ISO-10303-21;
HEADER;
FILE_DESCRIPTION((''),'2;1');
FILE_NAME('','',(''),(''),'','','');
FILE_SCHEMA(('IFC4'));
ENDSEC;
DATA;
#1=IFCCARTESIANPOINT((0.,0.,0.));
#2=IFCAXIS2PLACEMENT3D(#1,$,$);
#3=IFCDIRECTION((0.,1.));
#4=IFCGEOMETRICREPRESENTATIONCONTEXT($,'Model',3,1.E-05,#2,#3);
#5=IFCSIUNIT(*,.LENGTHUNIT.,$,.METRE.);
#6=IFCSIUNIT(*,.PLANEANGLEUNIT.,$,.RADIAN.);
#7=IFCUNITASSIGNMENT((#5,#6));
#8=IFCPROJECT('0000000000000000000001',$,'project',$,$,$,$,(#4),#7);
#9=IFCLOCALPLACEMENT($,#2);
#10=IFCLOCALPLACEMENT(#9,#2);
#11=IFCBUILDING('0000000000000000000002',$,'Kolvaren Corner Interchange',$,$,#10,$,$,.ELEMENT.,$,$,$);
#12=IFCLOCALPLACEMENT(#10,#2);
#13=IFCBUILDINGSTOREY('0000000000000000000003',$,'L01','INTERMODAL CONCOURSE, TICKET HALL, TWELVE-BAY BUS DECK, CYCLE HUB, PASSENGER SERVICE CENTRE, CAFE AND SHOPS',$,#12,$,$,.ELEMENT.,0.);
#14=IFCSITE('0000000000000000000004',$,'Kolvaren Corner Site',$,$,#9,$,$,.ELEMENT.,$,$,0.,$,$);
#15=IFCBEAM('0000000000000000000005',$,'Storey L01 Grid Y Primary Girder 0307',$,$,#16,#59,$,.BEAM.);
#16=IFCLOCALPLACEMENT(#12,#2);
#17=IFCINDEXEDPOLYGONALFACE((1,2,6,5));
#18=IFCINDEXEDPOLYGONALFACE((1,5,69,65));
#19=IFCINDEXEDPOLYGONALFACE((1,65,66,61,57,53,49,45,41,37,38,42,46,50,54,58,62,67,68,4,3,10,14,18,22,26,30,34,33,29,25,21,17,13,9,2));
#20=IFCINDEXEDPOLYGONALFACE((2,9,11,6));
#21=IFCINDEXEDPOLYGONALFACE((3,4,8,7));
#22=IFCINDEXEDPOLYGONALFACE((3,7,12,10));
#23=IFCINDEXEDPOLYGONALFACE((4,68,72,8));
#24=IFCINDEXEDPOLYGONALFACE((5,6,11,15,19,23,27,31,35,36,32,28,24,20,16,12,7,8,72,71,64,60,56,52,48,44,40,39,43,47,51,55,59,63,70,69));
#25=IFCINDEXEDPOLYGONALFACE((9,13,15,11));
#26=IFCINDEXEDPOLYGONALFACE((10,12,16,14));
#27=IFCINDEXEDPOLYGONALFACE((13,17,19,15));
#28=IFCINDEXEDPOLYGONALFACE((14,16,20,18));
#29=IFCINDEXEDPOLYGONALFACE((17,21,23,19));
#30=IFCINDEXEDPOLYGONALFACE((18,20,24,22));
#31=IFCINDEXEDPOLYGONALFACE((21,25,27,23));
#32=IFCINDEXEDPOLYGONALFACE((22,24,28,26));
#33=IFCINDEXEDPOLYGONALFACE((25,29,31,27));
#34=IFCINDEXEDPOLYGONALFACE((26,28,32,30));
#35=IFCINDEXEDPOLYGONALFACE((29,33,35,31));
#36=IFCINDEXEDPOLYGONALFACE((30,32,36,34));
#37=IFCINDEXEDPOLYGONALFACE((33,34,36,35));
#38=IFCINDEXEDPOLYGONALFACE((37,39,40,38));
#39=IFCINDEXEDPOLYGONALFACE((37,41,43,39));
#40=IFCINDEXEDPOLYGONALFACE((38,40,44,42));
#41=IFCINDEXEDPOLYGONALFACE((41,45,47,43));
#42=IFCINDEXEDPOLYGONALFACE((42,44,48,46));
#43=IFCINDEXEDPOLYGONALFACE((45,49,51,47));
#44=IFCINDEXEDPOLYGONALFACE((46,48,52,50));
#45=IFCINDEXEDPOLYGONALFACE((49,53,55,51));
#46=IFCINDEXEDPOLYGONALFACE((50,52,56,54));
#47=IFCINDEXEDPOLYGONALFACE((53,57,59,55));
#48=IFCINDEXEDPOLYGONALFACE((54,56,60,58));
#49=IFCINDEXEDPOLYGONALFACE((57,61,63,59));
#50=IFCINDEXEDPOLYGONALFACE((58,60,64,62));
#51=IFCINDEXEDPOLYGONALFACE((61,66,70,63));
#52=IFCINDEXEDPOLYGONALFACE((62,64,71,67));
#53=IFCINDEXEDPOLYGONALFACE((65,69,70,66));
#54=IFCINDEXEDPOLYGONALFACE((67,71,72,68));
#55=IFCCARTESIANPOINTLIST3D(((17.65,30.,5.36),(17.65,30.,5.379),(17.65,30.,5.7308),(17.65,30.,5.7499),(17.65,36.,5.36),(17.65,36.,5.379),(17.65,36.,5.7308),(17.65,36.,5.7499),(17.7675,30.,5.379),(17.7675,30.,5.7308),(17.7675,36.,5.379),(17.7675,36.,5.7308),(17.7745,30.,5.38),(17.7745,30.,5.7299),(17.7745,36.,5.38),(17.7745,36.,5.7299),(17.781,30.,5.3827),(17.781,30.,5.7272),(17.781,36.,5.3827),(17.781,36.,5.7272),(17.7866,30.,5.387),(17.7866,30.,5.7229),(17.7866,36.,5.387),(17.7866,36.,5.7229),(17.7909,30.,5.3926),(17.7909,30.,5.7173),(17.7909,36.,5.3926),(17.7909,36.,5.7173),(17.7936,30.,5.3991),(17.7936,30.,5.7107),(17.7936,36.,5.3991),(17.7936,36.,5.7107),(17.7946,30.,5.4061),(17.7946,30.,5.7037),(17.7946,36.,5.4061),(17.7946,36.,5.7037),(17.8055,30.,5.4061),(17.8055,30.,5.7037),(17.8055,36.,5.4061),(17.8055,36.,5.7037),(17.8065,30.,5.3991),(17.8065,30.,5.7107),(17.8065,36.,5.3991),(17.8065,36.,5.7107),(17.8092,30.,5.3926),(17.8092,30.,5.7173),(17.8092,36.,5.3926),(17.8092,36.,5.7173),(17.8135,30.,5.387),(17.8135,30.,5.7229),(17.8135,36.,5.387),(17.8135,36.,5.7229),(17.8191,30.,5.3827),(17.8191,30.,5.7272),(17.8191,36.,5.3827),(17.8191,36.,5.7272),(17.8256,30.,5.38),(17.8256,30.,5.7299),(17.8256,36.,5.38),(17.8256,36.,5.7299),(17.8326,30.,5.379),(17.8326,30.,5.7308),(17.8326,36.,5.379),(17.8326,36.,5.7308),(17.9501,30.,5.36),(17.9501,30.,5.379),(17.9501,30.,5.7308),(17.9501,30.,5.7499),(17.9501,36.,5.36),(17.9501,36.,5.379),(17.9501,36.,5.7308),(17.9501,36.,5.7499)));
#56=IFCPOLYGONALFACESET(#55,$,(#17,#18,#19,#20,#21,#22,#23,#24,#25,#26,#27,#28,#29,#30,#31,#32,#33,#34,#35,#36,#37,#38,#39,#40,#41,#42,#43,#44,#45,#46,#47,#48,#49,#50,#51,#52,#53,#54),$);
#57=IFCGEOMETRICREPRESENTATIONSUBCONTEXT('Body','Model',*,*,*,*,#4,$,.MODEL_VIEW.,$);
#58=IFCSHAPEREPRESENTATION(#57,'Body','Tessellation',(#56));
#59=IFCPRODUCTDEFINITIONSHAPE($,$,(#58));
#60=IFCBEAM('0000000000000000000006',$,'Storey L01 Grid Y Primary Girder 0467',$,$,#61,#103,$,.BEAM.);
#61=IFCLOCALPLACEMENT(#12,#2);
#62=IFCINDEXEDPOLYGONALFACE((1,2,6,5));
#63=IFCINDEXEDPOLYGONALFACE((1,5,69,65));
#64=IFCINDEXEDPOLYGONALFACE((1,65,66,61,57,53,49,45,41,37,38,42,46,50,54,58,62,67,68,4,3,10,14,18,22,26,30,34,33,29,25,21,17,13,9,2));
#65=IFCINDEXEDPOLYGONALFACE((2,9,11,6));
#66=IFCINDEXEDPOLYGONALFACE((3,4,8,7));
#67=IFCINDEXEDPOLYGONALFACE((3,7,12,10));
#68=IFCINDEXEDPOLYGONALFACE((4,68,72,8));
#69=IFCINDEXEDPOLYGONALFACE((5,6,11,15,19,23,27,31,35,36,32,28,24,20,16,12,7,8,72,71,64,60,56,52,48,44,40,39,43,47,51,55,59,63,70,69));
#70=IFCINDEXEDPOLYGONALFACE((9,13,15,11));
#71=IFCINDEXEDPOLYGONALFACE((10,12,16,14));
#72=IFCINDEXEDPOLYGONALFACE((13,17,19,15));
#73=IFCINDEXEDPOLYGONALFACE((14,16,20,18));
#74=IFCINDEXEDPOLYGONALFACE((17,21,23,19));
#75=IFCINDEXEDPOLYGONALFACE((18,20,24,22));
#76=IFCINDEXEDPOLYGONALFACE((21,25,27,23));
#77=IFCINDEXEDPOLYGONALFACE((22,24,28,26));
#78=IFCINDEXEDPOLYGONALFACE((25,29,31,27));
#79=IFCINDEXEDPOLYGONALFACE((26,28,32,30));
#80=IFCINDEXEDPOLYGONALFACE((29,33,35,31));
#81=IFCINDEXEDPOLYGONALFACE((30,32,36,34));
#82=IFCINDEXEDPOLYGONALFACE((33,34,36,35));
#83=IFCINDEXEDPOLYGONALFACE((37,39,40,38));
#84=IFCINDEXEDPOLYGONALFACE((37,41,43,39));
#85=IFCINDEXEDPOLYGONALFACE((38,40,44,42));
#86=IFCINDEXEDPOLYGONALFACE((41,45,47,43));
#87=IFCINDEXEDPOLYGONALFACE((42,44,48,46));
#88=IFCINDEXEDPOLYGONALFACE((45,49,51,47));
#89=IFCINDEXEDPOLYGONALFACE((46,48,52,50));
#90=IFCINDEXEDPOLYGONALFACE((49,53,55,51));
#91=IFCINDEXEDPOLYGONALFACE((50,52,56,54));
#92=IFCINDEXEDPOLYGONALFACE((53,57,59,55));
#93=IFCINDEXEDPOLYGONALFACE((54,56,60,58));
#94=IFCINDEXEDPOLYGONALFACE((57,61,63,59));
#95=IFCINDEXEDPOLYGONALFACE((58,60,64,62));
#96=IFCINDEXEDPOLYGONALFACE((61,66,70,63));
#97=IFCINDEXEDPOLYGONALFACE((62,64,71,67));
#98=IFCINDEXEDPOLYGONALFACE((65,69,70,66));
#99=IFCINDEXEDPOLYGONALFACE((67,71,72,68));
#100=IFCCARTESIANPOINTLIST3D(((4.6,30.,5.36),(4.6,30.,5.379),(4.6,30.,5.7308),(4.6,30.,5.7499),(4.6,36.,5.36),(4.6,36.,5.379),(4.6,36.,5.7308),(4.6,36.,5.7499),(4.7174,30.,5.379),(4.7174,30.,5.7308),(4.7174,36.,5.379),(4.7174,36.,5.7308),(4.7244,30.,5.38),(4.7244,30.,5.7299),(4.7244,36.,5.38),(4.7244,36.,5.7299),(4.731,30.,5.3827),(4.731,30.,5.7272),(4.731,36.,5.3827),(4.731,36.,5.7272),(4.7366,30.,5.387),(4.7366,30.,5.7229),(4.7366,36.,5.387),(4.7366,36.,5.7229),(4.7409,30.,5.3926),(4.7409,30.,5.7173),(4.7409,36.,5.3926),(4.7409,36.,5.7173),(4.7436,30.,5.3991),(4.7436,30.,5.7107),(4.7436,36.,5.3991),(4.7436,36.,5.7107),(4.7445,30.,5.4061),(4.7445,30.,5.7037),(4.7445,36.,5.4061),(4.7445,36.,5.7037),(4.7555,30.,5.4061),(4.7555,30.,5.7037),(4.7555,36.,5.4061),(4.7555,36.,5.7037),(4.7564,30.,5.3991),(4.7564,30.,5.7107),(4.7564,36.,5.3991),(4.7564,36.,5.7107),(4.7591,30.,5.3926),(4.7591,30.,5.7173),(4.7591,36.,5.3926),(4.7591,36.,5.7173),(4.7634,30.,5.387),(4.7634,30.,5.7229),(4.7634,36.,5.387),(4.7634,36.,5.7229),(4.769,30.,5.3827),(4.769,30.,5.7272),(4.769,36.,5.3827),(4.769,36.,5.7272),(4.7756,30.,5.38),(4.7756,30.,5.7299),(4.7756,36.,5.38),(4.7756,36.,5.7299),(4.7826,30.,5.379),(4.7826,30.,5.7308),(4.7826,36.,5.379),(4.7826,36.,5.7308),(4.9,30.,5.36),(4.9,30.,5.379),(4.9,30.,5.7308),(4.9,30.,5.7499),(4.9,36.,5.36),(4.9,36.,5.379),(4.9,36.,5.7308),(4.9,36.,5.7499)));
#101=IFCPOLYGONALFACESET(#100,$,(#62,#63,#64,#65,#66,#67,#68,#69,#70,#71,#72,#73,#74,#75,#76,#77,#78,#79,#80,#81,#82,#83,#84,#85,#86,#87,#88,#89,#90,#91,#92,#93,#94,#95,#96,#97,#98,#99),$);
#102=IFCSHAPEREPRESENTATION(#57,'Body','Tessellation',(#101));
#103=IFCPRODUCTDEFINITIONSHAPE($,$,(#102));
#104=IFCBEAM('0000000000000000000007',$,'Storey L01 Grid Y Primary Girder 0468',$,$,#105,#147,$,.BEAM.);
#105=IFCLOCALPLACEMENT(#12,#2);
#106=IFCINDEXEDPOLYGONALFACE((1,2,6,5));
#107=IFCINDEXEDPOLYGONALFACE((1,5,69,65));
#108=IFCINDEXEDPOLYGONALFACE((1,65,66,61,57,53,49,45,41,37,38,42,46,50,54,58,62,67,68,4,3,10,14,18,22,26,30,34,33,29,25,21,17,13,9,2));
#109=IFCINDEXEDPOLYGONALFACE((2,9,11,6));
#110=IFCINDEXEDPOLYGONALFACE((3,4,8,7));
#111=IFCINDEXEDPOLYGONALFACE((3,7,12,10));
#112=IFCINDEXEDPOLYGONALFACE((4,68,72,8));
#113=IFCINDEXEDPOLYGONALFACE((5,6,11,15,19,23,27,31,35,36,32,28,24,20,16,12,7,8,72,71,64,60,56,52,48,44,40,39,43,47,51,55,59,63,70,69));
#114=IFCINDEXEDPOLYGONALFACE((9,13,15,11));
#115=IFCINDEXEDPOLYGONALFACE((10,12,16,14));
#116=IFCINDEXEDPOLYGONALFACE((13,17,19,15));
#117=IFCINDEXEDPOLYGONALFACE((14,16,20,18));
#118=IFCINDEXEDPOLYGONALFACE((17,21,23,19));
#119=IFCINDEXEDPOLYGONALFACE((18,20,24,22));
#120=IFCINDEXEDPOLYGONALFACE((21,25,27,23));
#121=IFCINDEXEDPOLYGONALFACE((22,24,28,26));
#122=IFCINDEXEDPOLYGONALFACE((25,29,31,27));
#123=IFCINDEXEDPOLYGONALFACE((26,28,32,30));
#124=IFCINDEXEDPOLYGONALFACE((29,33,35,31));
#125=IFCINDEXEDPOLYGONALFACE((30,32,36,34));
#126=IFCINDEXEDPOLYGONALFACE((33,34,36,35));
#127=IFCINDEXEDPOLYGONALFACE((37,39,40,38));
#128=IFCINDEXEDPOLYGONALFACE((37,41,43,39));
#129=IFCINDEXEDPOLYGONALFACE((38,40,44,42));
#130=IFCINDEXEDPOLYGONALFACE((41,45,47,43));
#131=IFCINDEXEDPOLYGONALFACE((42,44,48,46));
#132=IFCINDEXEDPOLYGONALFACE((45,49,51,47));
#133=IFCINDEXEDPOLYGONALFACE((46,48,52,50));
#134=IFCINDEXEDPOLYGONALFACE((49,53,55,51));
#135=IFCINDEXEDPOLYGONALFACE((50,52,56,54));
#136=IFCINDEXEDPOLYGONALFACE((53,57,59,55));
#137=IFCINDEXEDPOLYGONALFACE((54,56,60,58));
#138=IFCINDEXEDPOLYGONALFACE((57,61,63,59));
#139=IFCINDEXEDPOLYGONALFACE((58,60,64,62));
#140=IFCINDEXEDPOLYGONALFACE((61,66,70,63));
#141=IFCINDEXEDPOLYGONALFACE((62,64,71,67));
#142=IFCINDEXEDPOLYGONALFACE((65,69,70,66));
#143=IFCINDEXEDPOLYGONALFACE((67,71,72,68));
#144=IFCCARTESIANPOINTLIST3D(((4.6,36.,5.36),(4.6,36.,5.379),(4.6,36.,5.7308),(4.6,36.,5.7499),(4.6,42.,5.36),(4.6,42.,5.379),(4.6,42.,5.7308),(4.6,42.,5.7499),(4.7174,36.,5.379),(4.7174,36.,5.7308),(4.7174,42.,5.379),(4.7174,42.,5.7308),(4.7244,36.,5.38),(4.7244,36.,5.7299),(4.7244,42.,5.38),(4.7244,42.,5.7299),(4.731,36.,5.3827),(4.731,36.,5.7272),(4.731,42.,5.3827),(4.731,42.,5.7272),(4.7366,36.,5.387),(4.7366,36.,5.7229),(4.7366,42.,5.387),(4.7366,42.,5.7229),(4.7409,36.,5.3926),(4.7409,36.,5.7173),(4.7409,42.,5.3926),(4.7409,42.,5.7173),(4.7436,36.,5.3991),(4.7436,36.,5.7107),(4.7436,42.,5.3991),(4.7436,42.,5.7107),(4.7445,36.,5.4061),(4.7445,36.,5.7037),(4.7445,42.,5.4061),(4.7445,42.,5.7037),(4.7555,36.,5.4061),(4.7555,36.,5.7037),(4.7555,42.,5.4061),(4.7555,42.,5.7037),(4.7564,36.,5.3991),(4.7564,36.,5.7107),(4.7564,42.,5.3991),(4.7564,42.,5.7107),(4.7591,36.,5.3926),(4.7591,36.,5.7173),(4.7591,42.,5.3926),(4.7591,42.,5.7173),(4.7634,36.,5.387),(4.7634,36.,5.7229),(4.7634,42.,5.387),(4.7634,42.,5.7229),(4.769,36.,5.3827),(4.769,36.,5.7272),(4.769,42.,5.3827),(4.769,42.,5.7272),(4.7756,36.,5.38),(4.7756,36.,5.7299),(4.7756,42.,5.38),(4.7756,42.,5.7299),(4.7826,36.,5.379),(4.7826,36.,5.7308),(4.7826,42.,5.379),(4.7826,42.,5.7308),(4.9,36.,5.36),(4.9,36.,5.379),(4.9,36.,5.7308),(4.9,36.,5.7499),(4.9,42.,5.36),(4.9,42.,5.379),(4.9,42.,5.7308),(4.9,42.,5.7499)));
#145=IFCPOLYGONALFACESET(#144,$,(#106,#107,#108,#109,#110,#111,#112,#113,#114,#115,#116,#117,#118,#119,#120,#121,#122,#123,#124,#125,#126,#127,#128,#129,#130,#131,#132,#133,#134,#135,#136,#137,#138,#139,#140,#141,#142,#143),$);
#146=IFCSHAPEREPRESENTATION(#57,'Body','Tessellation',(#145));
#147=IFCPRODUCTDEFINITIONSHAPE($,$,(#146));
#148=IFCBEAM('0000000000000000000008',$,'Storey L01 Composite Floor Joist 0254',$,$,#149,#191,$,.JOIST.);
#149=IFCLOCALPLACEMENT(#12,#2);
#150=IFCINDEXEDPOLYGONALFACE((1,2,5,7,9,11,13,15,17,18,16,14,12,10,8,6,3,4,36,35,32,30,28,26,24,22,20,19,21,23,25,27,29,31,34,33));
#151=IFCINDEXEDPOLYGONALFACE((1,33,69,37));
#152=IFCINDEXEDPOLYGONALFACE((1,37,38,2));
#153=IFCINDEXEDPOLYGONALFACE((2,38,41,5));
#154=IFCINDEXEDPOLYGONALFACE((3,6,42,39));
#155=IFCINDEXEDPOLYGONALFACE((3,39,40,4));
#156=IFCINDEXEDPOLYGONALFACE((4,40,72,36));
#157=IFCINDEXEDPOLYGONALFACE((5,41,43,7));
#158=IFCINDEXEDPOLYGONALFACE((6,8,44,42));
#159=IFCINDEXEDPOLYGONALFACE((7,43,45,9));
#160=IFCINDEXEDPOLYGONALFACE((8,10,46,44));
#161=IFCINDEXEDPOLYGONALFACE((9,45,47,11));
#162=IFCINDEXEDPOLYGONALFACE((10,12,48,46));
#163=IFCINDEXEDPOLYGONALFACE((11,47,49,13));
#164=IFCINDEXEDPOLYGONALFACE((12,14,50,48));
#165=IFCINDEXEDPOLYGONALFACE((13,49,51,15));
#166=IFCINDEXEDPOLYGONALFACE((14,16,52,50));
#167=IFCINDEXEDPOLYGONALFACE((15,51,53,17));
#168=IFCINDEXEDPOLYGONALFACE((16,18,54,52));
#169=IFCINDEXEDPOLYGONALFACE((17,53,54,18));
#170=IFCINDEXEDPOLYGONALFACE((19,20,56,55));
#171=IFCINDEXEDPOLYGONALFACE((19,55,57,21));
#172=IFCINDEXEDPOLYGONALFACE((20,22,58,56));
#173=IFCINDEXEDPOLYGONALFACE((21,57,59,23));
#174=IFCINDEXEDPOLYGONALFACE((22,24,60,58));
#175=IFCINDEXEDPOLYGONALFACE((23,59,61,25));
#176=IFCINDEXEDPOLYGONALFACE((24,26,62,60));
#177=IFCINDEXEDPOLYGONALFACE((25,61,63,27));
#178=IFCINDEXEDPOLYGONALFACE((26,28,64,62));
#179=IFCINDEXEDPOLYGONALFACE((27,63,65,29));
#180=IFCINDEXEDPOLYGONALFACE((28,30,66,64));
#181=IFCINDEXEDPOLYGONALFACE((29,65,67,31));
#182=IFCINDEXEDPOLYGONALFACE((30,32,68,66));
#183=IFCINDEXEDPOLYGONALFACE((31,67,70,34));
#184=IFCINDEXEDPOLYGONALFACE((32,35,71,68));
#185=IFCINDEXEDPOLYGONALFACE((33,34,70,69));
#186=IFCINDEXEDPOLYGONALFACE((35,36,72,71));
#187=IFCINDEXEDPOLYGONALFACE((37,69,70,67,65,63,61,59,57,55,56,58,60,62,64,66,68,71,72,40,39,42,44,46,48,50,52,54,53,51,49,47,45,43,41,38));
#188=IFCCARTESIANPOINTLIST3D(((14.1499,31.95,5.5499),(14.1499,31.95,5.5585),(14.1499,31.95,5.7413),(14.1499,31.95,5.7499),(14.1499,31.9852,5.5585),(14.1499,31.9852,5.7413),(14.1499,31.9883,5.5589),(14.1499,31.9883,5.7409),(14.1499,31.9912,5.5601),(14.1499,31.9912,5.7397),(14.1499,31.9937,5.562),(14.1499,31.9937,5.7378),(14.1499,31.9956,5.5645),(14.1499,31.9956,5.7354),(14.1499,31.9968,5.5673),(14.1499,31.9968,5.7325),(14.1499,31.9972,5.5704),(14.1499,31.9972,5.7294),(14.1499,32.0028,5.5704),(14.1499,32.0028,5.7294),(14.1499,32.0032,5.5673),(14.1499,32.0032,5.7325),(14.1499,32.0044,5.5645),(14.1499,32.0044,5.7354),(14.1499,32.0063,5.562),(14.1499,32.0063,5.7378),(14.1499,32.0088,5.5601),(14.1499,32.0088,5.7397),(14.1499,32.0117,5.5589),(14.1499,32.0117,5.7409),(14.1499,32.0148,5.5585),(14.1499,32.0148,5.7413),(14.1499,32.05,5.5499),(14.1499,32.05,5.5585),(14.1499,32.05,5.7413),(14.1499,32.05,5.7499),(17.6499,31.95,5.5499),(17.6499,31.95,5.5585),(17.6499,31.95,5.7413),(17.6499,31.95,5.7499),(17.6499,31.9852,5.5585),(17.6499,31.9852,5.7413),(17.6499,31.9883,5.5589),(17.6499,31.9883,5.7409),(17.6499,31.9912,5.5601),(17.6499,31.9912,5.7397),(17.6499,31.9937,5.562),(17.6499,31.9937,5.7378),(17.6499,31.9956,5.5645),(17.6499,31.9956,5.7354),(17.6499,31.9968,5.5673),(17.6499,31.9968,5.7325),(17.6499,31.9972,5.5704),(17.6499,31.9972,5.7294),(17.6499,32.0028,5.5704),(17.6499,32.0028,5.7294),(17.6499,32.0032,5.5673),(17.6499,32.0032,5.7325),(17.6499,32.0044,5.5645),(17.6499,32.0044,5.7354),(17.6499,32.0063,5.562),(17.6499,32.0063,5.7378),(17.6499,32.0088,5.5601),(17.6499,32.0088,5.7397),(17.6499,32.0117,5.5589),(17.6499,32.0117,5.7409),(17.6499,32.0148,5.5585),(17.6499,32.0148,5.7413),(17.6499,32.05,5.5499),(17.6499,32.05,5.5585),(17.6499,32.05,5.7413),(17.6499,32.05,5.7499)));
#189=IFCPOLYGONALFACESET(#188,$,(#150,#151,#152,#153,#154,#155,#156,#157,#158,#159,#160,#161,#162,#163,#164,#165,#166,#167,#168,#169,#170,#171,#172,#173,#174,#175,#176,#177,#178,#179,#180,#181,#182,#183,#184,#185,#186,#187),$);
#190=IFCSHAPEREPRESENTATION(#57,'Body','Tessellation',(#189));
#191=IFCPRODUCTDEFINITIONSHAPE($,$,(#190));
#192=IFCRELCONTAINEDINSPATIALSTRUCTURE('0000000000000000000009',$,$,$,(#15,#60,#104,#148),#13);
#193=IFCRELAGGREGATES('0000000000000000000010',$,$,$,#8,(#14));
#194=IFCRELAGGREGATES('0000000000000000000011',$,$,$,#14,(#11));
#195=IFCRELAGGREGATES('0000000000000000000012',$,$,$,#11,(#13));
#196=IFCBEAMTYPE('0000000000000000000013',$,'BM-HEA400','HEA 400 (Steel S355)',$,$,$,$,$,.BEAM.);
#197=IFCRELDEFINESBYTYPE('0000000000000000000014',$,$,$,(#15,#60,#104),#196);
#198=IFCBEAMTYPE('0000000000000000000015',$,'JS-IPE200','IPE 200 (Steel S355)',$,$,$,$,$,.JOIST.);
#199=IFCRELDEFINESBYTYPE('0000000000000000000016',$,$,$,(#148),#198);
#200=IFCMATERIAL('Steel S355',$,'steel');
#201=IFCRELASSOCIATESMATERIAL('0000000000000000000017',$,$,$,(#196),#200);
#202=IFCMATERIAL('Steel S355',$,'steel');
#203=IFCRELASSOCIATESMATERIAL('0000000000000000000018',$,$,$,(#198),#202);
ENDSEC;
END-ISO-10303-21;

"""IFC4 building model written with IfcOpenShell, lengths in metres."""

from ifc_helpers import new_model, si_unit, direction, frame, origin, origin_2d, place, context, subcontext, project, spatial, i_section, extrude, material, material_profile, profile_set, type_object, element, save


model = new_model("IFC4")

# Units and contexts
model_context = context("Model", 3, precision=1e-05, world=origin(), true_north=direction((0.0, 1.0)))
body_context = subcontext(model_context, "Body", "Model", "MODEL_VIEW")
ifc_project = project(units=[si_unit("LENGTHUNIT", "METRE"), si_unit("PLANEANGLEUNIT", "RADIAN")], contexts=[model_context])

# Site, building, storey
site_placement = place(None, origin())
site = spatial("IfcSite", under=ifc_project, at=site_placement, Name="Kolvaren Corner Site", CompositionType="ELEMENT", RefElevation=0.0)
building_placement = place(site_placement, origin())
building = spatial("IfcBuilding", under=site, at=building_placement, Name="Kolvaren Corner Interchange", CompositionType="ELEMENT")
storey_placement = place(building_placement, origin())
storey = spatial("IfcBuildingStorey", under=building, at=storey_placement, Name="L01", Description="INTERMODAL CONCOURSE, TICKET HALL, TWELVE-BAY BUS DECK, CYCLE HUB, PASSENGER SERVICE CENTRE, CAFE AND SHOPS", CompositionType="ELEMENT", Elevation=0.0)

# Beams
ifc_material_1 = material(Name="Steel S355", Category="steel")
ifc_material_profile_1 = material_profile(ifc_material_1, i_section(OverallWidth=0.3, OverallDepth=0.3899, WebThickness=0.011, FlangeThickness=0.019, FilletRadius=0.0271, at=origin_2d()), Name="HEA 400")
ifc_profile_set_1 = profile_set([ifc_material_profile_1], Name="Steel S355")
beam_type_1 = type_object("IfcBeamType", Name="BM-HEA400", Description="HEA 400 (Steel S355)", PredefinedType="BEAM", material=ifc_profile_set_1)
for number, where, z_axis, x_axis, name in (
    (1, (17.8, 30.0, 5.5549), (0.0, 1.0, 0.0), (-1.0, 0.0, 0.0), "Storey L01 Grid Y Primary Girder 0307"),
    (2, (4.75, 30.0, 5.5549), (0.0, 1.0, 0.0), (-1.0, 0.0, 0.0), "Storey L01 Grid Y Primary Girder 0467"),
    (3, (4.75, 36.0, 5.5549), (0.0, 1.0, 0.0), (-1.0, 0.0, 0.0), "Storey L01 Grid Y Primary Girder 0468"),
):
    element("IfcBeam", number, at=place(storey_placement, frame(where, z_axis=z_axis, x_axis=x_axis)), inside=storey, type_object=beam_type_1, Name=name, PredefinedType="BEAM", context=body_context, shape_type="SweptSolid", body=[
        extrude(i_section(OverallWidth=0.3, OverallDepth=0.3899, WebThickness=0.011, FlangeThickness=0.019, FilletRadius=0.0271, at=origin_2d()), origin(), (0.0, 0.0, 1.0), 6.0),
    ])
ifc_material_2 = material(Name="Steel S355", Category="steel")
ifc_material_profile_2 = material_profile(ifc_material_2, i_section(OverallWidth=0.1001, OverallDepth=0.2, WebThickness=0.0056, FlangeThickness=0.0085, FilletRadius=0.012, at=origin_2d()), Name="IPE 200")
ifc_profile_set_2 = profile_set([ifc_material_profile_2], Name="Steel S355")
beam_type_2 = type_object("IfcBeamType", Name="JS-IPE200", Description="IPE 200 (Steel S355)", PredefinedType="JOIST", material=ifc_profile_set_2)
for number, where, z_axis, x_axis, name in (
    (4, (14.1499, 32.0, 5.6499), (1.0, 0.0, 0.0), (0.0, 1.0, 0.0), "Storey L01 Composite Floor Joist 0254"),
):
    element("IfcBeam", number, at=place(storey_placement, frame(where, z_axis=z_axis, x_axis=x_axis)), inside=storey, type_object=beam_type_2, Name=name, PredefinedType="JOIST", context=body_context, shape_type="SweptSolid", body=[
        extrude(i_section(OverallWidth=0.1001, OverallDepth=0.2, WebThickness=0.0056, FlangeThickness=0.0085, FilletRadius=0.012, at=origin_2d()), origin(), (0.0, 0.0, 1.0), 3.5),
    ])

save(model, "model.ifc")
